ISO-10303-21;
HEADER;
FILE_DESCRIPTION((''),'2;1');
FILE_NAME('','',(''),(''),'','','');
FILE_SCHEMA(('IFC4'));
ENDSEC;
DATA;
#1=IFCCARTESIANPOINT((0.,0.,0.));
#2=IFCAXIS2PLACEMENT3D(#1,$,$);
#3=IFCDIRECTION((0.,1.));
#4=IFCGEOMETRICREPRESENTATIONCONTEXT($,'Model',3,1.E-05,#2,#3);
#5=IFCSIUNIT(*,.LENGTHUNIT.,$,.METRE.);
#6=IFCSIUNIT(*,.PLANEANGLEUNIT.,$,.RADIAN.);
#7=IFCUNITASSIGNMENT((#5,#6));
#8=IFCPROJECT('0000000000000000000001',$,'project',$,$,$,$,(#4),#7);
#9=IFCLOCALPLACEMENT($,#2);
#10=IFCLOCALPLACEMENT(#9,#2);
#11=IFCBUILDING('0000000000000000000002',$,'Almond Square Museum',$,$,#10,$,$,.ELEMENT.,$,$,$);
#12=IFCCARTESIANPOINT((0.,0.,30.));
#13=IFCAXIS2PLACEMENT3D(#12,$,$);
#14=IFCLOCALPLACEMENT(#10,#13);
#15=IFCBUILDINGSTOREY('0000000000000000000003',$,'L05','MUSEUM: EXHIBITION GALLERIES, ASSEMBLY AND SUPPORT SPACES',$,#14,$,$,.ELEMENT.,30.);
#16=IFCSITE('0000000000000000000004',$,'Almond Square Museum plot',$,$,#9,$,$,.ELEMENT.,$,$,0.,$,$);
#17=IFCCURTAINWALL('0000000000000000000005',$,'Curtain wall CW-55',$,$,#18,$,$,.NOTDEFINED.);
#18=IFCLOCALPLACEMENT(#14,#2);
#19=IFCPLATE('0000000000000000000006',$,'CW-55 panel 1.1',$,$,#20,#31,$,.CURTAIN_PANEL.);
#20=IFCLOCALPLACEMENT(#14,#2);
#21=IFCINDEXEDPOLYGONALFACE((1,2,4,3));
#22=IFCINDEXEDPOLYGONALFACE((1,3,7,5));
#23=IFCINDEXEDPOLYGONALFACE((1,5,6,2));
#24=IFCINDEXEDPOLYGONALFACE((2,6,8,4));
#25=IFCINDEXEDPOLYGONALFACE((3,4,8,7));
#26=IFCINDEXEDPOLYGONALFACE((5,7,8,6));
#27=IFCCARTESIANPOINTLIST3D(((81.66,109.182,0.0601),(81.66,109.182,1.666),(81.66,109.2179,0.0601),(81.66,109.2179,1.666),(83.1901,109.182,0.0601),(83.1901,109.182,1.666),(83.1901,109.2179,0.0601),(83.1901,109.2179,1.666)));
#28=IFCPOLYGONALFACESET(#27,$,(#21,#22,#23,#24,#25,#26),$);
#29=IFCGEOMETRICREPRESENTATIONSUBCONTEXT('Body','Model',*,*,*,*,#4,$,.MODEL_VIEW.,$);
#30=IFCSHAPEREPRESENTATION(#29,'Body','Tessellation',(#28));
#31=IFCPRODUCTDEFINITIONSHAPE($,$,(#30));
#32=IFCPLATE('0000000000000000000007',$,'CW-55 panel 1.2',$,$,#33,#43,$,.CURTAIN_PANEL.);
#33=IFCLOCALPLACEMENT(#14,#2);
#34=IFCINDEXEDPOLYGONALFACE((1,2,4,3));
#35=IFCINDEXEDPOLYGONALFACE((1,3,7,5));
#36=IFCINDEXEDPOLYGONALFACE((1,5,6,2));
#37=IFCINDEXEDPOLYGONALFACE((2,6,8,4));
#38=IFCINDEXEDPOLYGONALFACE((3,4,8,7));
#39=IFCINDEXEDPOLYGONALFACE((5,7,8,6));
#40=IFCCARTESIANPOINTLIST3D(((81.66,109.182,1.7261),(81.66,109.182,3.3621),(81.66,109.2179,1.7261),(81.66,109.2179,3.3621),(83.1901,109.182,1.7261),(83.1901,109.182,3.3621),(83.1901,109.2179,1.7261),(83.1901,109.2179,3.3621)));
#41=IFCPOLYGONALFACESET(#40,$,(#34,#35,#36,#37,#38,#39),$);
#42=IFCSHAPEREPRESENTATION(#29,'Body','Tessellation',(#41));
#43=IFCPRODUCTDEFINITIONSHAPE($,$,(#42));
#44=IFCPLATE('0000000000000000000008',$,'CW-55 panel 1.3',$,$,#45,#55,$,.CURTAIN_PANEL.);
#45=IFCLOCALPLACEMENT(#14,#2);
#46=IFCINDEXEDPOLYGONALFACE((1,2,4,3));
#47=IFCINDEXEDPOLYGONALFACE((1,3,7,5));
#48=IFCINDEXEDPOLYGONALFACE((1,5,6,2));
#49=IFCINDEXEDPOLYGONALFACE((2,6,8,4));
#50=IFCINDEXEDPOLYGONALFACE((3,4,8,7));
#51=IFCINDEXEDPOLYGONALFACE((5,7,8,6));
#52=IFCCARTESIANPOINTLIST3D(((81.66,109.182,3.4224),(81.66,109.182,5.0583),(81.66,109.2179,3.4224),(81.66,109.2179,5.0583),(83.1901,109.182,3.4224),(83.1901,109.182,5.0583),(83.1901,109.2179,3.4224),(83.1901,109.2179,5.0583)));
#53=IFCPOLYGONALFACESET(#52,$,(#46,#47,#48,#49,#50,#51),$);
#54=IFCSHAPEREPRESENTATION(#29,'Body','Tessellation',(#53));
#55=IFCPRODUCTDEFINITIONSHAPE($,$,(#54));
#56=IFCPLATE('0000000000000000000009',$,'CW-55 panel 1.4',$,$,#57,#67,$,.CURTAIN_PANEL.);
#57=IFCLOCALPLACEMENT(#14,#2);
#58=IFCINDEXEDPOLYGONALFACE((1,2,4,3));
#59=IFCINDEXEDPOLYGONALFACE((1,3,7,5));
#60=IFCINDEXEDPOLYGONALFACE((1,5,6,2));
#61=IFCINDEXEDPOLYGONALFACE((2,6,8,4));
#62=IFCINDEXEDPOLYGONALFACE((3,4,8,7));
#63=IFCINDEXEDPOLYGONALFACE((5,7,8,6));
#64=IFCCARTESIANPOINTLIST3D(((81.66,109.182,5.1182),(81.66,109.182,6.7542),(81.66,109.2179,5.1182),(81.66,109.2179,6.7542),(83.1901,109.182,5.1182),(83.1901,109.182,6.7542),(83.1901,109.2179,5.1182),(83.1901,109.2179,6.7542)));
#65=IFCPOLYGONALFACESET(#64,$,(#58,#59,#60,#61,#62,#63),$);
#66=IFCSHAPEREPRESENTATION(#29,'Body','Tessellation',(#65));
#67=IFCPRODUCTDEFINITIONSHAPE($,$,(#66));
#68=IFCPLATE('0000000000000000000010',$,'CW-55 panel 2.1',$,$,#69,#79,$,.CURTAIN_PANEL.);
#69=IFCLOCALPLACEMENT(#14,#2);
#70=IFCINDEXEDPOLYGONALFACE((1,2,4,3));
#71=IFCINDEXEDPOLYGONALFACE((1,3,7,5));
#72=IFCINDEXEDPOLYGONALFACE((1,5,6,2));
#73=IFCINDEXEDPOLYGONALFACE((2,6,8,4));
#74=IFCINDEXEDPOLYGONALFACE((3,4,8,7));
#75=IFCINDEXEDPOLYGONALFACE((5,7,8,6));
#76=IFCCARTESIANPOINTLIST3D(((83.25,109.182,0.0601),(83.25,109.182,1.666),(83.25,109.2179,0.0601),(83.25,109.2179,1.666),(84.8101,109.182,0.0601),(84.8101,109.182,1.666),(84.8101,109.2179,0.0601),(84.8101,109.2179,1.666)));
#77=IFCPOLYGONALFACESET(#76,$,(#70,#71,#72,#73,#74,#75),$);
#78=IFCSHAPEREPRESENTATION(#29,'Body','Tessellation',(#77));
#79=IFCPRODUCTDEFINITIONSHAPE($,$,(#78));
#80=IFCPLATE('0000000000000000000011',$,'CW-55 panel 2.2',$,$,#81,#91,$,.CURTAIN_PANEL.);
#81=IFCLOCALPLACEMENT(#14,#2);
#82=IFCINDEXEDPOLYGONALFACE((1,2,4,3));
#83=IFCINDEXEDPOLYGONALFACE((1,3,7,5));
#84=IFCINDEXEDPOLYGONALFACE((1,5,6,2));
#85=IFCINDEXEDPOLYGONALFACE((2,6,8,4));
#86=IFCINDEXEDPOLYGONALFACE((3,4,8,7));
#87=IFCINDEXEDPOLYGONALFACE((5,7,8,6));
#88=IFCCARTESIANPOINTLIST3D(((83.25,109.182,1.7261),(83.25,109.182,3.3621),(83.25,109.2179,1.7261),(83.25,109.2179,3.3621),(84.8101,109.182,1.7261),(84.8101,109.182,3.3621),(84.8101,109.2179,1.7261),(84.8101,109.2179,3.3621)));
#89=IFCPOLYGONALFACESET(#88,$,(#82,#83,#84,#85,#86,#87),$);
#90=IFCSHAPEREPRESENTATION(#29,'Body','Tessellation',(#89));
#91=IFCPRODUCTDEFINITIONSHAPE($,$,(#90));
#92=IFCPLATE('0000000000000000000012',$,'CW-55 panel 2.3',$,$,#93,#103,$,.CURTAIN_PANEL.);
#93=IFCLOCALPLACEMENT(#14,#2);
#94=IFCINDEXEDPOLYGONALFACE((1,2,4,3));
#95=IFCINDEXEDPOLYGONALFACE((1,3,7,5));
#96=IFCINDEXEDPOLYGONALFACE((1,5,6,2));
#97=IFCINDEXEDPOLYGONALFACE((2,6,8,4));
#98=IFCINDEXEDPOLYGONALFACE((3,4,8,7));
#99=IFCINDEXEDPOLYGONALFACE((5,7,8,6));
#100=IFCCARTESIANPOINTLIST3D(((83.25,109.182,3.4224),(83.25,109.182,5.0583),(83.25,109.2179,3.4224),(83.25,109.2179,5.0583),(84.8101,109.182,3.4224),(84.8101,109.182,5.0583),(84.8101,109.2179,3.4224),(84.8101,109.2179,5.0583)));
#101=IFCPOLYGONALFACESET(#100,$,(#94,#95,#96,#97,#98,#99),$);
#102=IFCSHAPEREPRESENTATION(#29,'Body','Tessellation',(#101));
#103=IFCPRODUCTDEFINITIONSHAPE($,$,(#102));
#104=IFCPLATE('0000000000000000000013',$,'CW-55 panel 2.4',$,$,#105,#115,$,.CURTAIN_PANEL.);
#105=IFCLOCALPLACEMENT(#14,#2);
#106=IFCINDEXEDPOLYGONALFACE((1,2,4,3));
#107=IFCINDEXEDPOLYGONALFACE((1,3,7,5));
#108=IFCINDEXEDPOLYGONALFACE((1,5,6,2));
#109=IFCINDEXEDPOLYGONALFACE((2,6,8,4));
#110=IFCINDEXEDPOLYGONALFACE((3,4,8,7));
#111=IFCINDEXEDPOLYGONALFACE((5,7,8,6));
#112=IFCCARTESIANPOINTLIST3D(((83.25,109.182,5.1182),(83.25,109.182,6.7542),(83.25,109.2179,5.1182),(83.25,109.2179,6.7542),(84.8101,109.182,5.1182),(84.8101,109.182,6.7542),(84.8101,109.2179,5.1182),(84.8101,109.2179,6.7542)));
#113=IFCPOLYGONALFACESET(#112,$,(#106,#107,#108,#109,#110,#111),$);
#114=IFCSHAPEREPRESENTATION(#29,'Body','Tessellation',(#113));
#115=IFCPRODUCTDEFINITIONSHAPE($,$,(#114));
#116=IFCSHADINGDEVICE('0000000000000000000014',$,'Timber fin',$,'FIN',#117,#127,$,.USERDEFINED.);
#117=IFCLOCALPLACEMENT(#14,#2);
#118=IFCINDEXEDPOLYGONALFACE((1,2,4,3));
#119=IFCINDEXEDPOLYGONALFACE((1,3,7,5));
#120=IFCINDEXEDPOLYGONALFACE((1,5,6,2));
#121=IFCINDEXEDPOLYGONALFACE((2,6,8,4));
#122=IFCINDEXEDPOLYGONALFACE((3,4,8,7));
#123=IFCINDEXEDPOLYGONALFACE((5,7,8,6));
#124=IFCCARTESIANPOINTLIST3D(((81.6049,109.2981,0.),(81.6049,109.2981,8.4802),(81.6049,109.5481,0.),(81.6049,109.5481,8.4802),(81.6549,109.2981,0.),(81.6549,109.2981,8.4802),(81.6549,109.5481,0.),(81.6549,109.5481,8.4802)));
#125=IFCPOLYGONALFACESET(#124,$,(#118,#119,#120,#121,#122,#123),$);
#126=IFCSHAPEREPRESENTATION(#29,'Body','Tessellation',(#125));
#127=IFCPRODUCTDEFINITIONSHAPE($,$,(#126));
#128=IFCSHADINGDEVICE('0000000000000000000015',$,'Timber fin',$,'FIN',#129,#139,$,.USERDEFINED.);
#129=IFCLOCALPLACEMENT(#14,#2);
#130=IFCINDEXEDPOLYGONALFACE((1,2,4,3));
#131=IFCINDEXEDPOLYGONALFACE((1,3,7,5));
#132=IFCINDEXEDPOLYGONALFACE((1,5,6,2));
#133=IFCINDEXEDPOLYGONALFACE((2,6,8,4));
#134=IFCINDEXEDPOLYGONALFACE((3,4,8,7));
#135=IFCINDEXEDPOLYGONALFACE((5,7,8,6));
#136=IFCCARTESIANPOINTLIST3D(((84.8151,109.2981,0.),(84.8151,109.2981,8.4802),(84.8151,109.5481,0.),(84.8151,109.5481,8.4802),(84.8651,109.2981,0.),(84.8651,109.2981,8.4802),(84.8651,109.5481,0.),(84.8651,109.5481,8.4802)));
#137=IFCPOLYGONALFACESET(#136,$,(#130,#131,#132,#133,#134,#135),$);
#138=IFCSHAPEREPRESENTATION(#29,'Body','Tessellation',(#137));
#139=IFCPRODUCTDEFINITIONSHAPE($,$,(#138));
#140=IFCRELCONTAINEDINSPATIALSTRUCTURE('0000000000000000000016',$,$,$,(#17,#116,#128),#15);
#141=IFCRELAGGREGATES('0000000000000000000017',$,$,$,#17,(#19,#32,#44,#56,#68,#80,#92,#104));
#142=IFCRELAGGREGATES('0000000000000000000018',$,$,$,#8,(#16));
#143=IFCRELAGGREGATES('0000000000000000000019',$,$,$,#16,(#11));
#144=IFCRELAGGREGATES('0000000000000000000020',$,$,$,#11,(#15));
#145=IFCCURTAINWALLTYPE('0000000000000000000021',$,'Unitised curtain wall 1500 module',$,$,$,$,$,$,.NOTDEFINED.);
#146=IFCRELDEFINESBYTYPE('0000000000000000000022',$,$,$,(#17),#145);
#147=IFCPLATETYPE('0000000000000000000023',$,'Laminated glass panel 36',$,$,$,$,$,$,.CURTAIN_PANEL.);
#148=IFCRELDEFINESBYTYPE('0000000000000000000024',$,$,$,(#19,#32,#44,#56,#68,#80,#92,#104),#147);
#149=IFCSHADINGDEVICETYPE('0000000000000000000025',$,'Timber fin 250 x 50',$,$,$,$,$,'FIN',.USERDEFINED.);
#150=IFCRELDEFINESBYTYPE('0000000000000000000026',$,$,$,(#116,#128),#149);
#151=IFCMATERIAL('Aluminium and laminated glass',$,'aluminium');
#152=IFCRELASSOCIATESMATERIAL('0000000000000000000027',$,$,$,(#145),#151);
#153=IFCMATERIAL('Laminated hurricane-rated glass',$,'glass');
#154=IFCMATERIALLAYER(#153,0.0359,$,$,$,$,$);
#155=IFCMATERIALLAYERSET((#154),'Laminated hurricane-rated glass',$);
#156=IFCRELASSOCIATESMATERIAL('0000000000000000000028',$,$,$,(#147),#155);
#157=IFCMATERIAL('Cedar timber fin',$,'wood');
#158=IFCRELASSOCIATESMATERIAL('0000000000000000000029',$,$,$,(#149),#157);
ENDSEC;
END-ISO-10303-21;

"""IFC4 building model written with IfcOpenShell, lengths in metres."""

from ifc_helpers import new_model, si_unit, direction, frame, origin, origin_2d, place, context, subcontext, project, spatial, rectangle, extrude, material, layer, layer_set, material_profile, profile_set, type_object, element, aggregate, save


model = new_model("IFC4")

# Units and contexts
model_context = context("Model", 3, precision=1e-05, world=origin(), true_north=direction((0.0, 1.0)))
body_context = subcontext(model_context, "Body", "Model", "MODEL_VIEW")
ifc_project = project(units=[si_unit("LENGTHUNIT", "METRE"), si_unit("PLANEANGLEUNIT", "RADIAN")], contexts=[model_context])

# Site, building, storey
site_placement = place(None, origin())
site = spatial("IfcSite", under=ifc_project, at=site_placement, Name="Almond Square Museum plot", CompositionType="ELEMENT", RefElevation=0.0)
building_placement = place(site_placement, origin())
building = spatial("IfcBuilding", under=site, at=building_placement, Name="Almond Square Museum", CompositionType="ELEMENT")
storey_placement = place(building_placement, frame((0.0, 0.0, 30.0)))
storey = spatial("IfcBuildingStorey", under=building, at=storey_placement, Name="L05", Description="MUSEUM: EXHIBITION GALLERIES, ASSEMBLY AND SUPPORT SPACES", CompositionType="ELEMENT", Elevation=30.0)

# Curtain wall, plates
ifc_material_1 = material(Name="Aluminium and laminated glass", Category="aluminium")
curtain_wall_type = type_object("IfcCurtainWallType", Name="Unitised curtain wall 1500 module", PredefinedType="NOTDEFINED", material=ifc_material_1)
curtain_wall_placement = place(storey_placement, origin())
curtain_wall = element("IfcCurtainWall", 1, at=curtain_wall_placement, inside=storey, type_object=curtain_wall_type, Name="Curtain wall CW-55", PredefinedType="NOTDEFINED")
ifc_material_2 = material(Name="Laminated hurricane-rated glass", Category="glass")
ifc_layer = layer(ifc_material_2, 0.0359)
ifc_layer_set = layer_set([ifc_layer], Name="Laminated hurricane-rated glass")
plate_type = type_object("IfcPlateType", Name="Laminated glass panel 36", PredefinedType="CURTAIN_PANEL", material=ifc_layer_set)
plate_1_placement = place(storey_placement, frame((82.425, 109.2, 0.0601), z_axis=(0.0, 0.0, 1.0), x_axis=(1.0, 0.0, 0.0)))
plate_1 = element("IfcPlate", 2, at=plate_1_placement, type_object=plate_type, Name="CW-55 panel 1.1", PredefinedType="CURTAIN_PANEL", context=body_context, shape_type="SweptSolid", body=[
    extrude(rectangle(XDim=1.53, YDim=0.0359, at=origin_2d()), origin(), (0.0, 0.0, 1.0), 1.606),
])
plate_2_placement = place(storey_placement, frame((82.425, 109.2, 1.7261), z_axis=(0.0, 0.0, 1.0), x_axis=(1.0, 0.0, 0.0)))
plate_2 = element("IfcPlate", 3, at=plate_2_placement, type_object=plate_type, Name="CW-55 panel 1.2", PredefinedType="CURTAIN_PANEL", context=body_context, shape_type="SweptSolid", body=[
    extrude(rectangle(XDim=1.53, YDim=0.0359, at=origin_2d()), origin(), (0.0, 0.0, 1.0), 1.636),
])
plate_3_placement = place(storey_placement, frame((82.425, 109.2, 3.4224), z_axis=(0.0, 0.0, 1.0), x_axis=(1.0, 0.0, 0.0)))
plate_3 = element("IfcPlate", 4, at=plate_3_placement, type_object=plate_type, Name="CW-55 panel 1.3", PredefinedType="CURTAIN_PANEL", context=body_context, shape_type="SweptSolid", body=[
    extrude(rectangle(XDim=1.53, YDim=0.0359, at=origin_2d()), origin(), (0.0, 0.0, 1.0), 1.636),
])
plate_4_placement = place(storey_placement, frame((82.425, 109.2, 5.1182), z_axis=(0.0, 0.0, 1.0), x_axis=(1.0, 0.0, 0.0)))
plate_4 = element("IfcPlate", 5, at=plate_4_placement, type_object=plate_type, Name="CW-55 panel 1.4", PredefinedType="CURTAIN_PANEL", context=body_context, shape_type="SweptSolid", body=[
    extrude(rectangle(XDim=1.53, YDim=0.0359, at=origin_2d()), origin(), (0.0, 0.0, 1.0), 1.636),
])
plate_5_placement = place(storey_placement, frame((84.03, 109.2, 0.0601), z_axis=(0.0, 0.0, 1.0), x_axis=(1.0, 0.0, 0.0)))
plate_5 = element("IfcPlate", 6, at=plate_5_placement, type_object=plate_type, Name="CW-55 panel 2.1", PredefinedType="CURTAIN_PANEL", context=body_context, shape_type="SweptSolid", body=[
    extrude(rectangle(XDim=1.5601, YDim=0.0359, at=origin_2d()), origin(), (0.0, 0.0, 1.0), 1.606),
])
plate_6_placement = place(storey_placement, frame((84.03, 109.2, 1.7261), z_axis=(0.0, 0.0, 1.0), x_axis=(1.0, 0.0, 0.0)))
plate_6 = element("IfcPlate", 7, at=plate_6_placement, type_object=plate_type, Name="CW-55 panel 2.2", PredefinedType="CURTAIN_PANEL", context=body_context, shape_type="SweptSolid", body=[
    extrude(rectangle(XDim=1.5601, YDim=0.0359, at=origin_2d()), origin(), (0.0, 0.0, 1.0), 1.636),
])
plate_7_placement = place(storey_placement, frame((84.03, 109.2, 3.4224), z_axis=(0.0, 0.0, 1.0), x_axis=(1.0, 0.0, 0.0)))
plate_7 = element("IfcPlate", 8, at=plate_7_placement, type_object=plate_type, Name="CW-55 panel 2.3", PredefinedType="CURTAIN_PANEL", context=body_context, shape_type="SweptSolid", body=[
    extrude(rectangle(XDim=1.5601, YDim=0.0359, at=origin_2d()), origin(), (0.0, 0.0, 1.0), 1.636),
])
plate_8_placement = place(storey_placement, frame((84.03, 109.2, 5.1182), z_axis=(0.0, 0.0, 1.0), x_axis=(1.0, 0.0, 0.0)))
plate_8 = element("IfcPlate", 9, at=plate_8_placement, type_object=plate_type, Name="CW-55 panel 2.4", PredefinedType="CURTAIN_PANEL", context=body_context, shape_type="SweptSolid", body=[
    extrude(rectangle(XDim=1.5601, YDim=0.0359, at=origin_2d()), origin(), (0.0, 0.0, 1.0), 1.636),
])
aggregate(curtain_wall, [plate_1, plate_2, plate_3, plate_4, plate_5, plate_6, plate_7, plate_8])

# Shading devices
ifc_material_3 = material(Name="Cedar timber fin", Category="wood")
ifc_material_profile_1 = material_profile(ifc_material_3, rectangle(XDim=0.25, YDim=0.05, at=origin_2d()))
ifc_profile_set_1 = profile_set([ifc_material_profile_1], Name="Cedar timber fin")
shading_device_type = type_object("IfcShadingDeviceType", Name="Timber fin 250 x 50", ElementType="FIN", PredefinedType="USERDEFINED", material=ifc_profile_set_1)
for number, where, z_axis, x_axis, name in (
    (10, (81.6299, 109.4231, 0.0), (0.0, 0.0, 1.0), (0.0, 1.0, 0.0), "Timber fin"),
    (11, (84.8401, 109.4231, 0.0), (0.0, 0.0, 1.0), (0.0, 1.0, 0.0), "Timber fin"),
):
    element("IfcShadingDevice", number, at=place(storey_placement, frame(where, z_axis=z_axis, x_axis=x_axis)), inside=storey, type_object=shading_device_type, Name=name, ObjectType="FIN", PredefinedType="USERDEFINED", context=body_context, shape_type="SweptSolid", body=[
        extrude(rectangle(XDim=0.25, YDim=0.05, at=origin_2d()), origin(), (0.0, 0.0, 1.0), 8.4802),
    ])

save(model, "model.ifc")
